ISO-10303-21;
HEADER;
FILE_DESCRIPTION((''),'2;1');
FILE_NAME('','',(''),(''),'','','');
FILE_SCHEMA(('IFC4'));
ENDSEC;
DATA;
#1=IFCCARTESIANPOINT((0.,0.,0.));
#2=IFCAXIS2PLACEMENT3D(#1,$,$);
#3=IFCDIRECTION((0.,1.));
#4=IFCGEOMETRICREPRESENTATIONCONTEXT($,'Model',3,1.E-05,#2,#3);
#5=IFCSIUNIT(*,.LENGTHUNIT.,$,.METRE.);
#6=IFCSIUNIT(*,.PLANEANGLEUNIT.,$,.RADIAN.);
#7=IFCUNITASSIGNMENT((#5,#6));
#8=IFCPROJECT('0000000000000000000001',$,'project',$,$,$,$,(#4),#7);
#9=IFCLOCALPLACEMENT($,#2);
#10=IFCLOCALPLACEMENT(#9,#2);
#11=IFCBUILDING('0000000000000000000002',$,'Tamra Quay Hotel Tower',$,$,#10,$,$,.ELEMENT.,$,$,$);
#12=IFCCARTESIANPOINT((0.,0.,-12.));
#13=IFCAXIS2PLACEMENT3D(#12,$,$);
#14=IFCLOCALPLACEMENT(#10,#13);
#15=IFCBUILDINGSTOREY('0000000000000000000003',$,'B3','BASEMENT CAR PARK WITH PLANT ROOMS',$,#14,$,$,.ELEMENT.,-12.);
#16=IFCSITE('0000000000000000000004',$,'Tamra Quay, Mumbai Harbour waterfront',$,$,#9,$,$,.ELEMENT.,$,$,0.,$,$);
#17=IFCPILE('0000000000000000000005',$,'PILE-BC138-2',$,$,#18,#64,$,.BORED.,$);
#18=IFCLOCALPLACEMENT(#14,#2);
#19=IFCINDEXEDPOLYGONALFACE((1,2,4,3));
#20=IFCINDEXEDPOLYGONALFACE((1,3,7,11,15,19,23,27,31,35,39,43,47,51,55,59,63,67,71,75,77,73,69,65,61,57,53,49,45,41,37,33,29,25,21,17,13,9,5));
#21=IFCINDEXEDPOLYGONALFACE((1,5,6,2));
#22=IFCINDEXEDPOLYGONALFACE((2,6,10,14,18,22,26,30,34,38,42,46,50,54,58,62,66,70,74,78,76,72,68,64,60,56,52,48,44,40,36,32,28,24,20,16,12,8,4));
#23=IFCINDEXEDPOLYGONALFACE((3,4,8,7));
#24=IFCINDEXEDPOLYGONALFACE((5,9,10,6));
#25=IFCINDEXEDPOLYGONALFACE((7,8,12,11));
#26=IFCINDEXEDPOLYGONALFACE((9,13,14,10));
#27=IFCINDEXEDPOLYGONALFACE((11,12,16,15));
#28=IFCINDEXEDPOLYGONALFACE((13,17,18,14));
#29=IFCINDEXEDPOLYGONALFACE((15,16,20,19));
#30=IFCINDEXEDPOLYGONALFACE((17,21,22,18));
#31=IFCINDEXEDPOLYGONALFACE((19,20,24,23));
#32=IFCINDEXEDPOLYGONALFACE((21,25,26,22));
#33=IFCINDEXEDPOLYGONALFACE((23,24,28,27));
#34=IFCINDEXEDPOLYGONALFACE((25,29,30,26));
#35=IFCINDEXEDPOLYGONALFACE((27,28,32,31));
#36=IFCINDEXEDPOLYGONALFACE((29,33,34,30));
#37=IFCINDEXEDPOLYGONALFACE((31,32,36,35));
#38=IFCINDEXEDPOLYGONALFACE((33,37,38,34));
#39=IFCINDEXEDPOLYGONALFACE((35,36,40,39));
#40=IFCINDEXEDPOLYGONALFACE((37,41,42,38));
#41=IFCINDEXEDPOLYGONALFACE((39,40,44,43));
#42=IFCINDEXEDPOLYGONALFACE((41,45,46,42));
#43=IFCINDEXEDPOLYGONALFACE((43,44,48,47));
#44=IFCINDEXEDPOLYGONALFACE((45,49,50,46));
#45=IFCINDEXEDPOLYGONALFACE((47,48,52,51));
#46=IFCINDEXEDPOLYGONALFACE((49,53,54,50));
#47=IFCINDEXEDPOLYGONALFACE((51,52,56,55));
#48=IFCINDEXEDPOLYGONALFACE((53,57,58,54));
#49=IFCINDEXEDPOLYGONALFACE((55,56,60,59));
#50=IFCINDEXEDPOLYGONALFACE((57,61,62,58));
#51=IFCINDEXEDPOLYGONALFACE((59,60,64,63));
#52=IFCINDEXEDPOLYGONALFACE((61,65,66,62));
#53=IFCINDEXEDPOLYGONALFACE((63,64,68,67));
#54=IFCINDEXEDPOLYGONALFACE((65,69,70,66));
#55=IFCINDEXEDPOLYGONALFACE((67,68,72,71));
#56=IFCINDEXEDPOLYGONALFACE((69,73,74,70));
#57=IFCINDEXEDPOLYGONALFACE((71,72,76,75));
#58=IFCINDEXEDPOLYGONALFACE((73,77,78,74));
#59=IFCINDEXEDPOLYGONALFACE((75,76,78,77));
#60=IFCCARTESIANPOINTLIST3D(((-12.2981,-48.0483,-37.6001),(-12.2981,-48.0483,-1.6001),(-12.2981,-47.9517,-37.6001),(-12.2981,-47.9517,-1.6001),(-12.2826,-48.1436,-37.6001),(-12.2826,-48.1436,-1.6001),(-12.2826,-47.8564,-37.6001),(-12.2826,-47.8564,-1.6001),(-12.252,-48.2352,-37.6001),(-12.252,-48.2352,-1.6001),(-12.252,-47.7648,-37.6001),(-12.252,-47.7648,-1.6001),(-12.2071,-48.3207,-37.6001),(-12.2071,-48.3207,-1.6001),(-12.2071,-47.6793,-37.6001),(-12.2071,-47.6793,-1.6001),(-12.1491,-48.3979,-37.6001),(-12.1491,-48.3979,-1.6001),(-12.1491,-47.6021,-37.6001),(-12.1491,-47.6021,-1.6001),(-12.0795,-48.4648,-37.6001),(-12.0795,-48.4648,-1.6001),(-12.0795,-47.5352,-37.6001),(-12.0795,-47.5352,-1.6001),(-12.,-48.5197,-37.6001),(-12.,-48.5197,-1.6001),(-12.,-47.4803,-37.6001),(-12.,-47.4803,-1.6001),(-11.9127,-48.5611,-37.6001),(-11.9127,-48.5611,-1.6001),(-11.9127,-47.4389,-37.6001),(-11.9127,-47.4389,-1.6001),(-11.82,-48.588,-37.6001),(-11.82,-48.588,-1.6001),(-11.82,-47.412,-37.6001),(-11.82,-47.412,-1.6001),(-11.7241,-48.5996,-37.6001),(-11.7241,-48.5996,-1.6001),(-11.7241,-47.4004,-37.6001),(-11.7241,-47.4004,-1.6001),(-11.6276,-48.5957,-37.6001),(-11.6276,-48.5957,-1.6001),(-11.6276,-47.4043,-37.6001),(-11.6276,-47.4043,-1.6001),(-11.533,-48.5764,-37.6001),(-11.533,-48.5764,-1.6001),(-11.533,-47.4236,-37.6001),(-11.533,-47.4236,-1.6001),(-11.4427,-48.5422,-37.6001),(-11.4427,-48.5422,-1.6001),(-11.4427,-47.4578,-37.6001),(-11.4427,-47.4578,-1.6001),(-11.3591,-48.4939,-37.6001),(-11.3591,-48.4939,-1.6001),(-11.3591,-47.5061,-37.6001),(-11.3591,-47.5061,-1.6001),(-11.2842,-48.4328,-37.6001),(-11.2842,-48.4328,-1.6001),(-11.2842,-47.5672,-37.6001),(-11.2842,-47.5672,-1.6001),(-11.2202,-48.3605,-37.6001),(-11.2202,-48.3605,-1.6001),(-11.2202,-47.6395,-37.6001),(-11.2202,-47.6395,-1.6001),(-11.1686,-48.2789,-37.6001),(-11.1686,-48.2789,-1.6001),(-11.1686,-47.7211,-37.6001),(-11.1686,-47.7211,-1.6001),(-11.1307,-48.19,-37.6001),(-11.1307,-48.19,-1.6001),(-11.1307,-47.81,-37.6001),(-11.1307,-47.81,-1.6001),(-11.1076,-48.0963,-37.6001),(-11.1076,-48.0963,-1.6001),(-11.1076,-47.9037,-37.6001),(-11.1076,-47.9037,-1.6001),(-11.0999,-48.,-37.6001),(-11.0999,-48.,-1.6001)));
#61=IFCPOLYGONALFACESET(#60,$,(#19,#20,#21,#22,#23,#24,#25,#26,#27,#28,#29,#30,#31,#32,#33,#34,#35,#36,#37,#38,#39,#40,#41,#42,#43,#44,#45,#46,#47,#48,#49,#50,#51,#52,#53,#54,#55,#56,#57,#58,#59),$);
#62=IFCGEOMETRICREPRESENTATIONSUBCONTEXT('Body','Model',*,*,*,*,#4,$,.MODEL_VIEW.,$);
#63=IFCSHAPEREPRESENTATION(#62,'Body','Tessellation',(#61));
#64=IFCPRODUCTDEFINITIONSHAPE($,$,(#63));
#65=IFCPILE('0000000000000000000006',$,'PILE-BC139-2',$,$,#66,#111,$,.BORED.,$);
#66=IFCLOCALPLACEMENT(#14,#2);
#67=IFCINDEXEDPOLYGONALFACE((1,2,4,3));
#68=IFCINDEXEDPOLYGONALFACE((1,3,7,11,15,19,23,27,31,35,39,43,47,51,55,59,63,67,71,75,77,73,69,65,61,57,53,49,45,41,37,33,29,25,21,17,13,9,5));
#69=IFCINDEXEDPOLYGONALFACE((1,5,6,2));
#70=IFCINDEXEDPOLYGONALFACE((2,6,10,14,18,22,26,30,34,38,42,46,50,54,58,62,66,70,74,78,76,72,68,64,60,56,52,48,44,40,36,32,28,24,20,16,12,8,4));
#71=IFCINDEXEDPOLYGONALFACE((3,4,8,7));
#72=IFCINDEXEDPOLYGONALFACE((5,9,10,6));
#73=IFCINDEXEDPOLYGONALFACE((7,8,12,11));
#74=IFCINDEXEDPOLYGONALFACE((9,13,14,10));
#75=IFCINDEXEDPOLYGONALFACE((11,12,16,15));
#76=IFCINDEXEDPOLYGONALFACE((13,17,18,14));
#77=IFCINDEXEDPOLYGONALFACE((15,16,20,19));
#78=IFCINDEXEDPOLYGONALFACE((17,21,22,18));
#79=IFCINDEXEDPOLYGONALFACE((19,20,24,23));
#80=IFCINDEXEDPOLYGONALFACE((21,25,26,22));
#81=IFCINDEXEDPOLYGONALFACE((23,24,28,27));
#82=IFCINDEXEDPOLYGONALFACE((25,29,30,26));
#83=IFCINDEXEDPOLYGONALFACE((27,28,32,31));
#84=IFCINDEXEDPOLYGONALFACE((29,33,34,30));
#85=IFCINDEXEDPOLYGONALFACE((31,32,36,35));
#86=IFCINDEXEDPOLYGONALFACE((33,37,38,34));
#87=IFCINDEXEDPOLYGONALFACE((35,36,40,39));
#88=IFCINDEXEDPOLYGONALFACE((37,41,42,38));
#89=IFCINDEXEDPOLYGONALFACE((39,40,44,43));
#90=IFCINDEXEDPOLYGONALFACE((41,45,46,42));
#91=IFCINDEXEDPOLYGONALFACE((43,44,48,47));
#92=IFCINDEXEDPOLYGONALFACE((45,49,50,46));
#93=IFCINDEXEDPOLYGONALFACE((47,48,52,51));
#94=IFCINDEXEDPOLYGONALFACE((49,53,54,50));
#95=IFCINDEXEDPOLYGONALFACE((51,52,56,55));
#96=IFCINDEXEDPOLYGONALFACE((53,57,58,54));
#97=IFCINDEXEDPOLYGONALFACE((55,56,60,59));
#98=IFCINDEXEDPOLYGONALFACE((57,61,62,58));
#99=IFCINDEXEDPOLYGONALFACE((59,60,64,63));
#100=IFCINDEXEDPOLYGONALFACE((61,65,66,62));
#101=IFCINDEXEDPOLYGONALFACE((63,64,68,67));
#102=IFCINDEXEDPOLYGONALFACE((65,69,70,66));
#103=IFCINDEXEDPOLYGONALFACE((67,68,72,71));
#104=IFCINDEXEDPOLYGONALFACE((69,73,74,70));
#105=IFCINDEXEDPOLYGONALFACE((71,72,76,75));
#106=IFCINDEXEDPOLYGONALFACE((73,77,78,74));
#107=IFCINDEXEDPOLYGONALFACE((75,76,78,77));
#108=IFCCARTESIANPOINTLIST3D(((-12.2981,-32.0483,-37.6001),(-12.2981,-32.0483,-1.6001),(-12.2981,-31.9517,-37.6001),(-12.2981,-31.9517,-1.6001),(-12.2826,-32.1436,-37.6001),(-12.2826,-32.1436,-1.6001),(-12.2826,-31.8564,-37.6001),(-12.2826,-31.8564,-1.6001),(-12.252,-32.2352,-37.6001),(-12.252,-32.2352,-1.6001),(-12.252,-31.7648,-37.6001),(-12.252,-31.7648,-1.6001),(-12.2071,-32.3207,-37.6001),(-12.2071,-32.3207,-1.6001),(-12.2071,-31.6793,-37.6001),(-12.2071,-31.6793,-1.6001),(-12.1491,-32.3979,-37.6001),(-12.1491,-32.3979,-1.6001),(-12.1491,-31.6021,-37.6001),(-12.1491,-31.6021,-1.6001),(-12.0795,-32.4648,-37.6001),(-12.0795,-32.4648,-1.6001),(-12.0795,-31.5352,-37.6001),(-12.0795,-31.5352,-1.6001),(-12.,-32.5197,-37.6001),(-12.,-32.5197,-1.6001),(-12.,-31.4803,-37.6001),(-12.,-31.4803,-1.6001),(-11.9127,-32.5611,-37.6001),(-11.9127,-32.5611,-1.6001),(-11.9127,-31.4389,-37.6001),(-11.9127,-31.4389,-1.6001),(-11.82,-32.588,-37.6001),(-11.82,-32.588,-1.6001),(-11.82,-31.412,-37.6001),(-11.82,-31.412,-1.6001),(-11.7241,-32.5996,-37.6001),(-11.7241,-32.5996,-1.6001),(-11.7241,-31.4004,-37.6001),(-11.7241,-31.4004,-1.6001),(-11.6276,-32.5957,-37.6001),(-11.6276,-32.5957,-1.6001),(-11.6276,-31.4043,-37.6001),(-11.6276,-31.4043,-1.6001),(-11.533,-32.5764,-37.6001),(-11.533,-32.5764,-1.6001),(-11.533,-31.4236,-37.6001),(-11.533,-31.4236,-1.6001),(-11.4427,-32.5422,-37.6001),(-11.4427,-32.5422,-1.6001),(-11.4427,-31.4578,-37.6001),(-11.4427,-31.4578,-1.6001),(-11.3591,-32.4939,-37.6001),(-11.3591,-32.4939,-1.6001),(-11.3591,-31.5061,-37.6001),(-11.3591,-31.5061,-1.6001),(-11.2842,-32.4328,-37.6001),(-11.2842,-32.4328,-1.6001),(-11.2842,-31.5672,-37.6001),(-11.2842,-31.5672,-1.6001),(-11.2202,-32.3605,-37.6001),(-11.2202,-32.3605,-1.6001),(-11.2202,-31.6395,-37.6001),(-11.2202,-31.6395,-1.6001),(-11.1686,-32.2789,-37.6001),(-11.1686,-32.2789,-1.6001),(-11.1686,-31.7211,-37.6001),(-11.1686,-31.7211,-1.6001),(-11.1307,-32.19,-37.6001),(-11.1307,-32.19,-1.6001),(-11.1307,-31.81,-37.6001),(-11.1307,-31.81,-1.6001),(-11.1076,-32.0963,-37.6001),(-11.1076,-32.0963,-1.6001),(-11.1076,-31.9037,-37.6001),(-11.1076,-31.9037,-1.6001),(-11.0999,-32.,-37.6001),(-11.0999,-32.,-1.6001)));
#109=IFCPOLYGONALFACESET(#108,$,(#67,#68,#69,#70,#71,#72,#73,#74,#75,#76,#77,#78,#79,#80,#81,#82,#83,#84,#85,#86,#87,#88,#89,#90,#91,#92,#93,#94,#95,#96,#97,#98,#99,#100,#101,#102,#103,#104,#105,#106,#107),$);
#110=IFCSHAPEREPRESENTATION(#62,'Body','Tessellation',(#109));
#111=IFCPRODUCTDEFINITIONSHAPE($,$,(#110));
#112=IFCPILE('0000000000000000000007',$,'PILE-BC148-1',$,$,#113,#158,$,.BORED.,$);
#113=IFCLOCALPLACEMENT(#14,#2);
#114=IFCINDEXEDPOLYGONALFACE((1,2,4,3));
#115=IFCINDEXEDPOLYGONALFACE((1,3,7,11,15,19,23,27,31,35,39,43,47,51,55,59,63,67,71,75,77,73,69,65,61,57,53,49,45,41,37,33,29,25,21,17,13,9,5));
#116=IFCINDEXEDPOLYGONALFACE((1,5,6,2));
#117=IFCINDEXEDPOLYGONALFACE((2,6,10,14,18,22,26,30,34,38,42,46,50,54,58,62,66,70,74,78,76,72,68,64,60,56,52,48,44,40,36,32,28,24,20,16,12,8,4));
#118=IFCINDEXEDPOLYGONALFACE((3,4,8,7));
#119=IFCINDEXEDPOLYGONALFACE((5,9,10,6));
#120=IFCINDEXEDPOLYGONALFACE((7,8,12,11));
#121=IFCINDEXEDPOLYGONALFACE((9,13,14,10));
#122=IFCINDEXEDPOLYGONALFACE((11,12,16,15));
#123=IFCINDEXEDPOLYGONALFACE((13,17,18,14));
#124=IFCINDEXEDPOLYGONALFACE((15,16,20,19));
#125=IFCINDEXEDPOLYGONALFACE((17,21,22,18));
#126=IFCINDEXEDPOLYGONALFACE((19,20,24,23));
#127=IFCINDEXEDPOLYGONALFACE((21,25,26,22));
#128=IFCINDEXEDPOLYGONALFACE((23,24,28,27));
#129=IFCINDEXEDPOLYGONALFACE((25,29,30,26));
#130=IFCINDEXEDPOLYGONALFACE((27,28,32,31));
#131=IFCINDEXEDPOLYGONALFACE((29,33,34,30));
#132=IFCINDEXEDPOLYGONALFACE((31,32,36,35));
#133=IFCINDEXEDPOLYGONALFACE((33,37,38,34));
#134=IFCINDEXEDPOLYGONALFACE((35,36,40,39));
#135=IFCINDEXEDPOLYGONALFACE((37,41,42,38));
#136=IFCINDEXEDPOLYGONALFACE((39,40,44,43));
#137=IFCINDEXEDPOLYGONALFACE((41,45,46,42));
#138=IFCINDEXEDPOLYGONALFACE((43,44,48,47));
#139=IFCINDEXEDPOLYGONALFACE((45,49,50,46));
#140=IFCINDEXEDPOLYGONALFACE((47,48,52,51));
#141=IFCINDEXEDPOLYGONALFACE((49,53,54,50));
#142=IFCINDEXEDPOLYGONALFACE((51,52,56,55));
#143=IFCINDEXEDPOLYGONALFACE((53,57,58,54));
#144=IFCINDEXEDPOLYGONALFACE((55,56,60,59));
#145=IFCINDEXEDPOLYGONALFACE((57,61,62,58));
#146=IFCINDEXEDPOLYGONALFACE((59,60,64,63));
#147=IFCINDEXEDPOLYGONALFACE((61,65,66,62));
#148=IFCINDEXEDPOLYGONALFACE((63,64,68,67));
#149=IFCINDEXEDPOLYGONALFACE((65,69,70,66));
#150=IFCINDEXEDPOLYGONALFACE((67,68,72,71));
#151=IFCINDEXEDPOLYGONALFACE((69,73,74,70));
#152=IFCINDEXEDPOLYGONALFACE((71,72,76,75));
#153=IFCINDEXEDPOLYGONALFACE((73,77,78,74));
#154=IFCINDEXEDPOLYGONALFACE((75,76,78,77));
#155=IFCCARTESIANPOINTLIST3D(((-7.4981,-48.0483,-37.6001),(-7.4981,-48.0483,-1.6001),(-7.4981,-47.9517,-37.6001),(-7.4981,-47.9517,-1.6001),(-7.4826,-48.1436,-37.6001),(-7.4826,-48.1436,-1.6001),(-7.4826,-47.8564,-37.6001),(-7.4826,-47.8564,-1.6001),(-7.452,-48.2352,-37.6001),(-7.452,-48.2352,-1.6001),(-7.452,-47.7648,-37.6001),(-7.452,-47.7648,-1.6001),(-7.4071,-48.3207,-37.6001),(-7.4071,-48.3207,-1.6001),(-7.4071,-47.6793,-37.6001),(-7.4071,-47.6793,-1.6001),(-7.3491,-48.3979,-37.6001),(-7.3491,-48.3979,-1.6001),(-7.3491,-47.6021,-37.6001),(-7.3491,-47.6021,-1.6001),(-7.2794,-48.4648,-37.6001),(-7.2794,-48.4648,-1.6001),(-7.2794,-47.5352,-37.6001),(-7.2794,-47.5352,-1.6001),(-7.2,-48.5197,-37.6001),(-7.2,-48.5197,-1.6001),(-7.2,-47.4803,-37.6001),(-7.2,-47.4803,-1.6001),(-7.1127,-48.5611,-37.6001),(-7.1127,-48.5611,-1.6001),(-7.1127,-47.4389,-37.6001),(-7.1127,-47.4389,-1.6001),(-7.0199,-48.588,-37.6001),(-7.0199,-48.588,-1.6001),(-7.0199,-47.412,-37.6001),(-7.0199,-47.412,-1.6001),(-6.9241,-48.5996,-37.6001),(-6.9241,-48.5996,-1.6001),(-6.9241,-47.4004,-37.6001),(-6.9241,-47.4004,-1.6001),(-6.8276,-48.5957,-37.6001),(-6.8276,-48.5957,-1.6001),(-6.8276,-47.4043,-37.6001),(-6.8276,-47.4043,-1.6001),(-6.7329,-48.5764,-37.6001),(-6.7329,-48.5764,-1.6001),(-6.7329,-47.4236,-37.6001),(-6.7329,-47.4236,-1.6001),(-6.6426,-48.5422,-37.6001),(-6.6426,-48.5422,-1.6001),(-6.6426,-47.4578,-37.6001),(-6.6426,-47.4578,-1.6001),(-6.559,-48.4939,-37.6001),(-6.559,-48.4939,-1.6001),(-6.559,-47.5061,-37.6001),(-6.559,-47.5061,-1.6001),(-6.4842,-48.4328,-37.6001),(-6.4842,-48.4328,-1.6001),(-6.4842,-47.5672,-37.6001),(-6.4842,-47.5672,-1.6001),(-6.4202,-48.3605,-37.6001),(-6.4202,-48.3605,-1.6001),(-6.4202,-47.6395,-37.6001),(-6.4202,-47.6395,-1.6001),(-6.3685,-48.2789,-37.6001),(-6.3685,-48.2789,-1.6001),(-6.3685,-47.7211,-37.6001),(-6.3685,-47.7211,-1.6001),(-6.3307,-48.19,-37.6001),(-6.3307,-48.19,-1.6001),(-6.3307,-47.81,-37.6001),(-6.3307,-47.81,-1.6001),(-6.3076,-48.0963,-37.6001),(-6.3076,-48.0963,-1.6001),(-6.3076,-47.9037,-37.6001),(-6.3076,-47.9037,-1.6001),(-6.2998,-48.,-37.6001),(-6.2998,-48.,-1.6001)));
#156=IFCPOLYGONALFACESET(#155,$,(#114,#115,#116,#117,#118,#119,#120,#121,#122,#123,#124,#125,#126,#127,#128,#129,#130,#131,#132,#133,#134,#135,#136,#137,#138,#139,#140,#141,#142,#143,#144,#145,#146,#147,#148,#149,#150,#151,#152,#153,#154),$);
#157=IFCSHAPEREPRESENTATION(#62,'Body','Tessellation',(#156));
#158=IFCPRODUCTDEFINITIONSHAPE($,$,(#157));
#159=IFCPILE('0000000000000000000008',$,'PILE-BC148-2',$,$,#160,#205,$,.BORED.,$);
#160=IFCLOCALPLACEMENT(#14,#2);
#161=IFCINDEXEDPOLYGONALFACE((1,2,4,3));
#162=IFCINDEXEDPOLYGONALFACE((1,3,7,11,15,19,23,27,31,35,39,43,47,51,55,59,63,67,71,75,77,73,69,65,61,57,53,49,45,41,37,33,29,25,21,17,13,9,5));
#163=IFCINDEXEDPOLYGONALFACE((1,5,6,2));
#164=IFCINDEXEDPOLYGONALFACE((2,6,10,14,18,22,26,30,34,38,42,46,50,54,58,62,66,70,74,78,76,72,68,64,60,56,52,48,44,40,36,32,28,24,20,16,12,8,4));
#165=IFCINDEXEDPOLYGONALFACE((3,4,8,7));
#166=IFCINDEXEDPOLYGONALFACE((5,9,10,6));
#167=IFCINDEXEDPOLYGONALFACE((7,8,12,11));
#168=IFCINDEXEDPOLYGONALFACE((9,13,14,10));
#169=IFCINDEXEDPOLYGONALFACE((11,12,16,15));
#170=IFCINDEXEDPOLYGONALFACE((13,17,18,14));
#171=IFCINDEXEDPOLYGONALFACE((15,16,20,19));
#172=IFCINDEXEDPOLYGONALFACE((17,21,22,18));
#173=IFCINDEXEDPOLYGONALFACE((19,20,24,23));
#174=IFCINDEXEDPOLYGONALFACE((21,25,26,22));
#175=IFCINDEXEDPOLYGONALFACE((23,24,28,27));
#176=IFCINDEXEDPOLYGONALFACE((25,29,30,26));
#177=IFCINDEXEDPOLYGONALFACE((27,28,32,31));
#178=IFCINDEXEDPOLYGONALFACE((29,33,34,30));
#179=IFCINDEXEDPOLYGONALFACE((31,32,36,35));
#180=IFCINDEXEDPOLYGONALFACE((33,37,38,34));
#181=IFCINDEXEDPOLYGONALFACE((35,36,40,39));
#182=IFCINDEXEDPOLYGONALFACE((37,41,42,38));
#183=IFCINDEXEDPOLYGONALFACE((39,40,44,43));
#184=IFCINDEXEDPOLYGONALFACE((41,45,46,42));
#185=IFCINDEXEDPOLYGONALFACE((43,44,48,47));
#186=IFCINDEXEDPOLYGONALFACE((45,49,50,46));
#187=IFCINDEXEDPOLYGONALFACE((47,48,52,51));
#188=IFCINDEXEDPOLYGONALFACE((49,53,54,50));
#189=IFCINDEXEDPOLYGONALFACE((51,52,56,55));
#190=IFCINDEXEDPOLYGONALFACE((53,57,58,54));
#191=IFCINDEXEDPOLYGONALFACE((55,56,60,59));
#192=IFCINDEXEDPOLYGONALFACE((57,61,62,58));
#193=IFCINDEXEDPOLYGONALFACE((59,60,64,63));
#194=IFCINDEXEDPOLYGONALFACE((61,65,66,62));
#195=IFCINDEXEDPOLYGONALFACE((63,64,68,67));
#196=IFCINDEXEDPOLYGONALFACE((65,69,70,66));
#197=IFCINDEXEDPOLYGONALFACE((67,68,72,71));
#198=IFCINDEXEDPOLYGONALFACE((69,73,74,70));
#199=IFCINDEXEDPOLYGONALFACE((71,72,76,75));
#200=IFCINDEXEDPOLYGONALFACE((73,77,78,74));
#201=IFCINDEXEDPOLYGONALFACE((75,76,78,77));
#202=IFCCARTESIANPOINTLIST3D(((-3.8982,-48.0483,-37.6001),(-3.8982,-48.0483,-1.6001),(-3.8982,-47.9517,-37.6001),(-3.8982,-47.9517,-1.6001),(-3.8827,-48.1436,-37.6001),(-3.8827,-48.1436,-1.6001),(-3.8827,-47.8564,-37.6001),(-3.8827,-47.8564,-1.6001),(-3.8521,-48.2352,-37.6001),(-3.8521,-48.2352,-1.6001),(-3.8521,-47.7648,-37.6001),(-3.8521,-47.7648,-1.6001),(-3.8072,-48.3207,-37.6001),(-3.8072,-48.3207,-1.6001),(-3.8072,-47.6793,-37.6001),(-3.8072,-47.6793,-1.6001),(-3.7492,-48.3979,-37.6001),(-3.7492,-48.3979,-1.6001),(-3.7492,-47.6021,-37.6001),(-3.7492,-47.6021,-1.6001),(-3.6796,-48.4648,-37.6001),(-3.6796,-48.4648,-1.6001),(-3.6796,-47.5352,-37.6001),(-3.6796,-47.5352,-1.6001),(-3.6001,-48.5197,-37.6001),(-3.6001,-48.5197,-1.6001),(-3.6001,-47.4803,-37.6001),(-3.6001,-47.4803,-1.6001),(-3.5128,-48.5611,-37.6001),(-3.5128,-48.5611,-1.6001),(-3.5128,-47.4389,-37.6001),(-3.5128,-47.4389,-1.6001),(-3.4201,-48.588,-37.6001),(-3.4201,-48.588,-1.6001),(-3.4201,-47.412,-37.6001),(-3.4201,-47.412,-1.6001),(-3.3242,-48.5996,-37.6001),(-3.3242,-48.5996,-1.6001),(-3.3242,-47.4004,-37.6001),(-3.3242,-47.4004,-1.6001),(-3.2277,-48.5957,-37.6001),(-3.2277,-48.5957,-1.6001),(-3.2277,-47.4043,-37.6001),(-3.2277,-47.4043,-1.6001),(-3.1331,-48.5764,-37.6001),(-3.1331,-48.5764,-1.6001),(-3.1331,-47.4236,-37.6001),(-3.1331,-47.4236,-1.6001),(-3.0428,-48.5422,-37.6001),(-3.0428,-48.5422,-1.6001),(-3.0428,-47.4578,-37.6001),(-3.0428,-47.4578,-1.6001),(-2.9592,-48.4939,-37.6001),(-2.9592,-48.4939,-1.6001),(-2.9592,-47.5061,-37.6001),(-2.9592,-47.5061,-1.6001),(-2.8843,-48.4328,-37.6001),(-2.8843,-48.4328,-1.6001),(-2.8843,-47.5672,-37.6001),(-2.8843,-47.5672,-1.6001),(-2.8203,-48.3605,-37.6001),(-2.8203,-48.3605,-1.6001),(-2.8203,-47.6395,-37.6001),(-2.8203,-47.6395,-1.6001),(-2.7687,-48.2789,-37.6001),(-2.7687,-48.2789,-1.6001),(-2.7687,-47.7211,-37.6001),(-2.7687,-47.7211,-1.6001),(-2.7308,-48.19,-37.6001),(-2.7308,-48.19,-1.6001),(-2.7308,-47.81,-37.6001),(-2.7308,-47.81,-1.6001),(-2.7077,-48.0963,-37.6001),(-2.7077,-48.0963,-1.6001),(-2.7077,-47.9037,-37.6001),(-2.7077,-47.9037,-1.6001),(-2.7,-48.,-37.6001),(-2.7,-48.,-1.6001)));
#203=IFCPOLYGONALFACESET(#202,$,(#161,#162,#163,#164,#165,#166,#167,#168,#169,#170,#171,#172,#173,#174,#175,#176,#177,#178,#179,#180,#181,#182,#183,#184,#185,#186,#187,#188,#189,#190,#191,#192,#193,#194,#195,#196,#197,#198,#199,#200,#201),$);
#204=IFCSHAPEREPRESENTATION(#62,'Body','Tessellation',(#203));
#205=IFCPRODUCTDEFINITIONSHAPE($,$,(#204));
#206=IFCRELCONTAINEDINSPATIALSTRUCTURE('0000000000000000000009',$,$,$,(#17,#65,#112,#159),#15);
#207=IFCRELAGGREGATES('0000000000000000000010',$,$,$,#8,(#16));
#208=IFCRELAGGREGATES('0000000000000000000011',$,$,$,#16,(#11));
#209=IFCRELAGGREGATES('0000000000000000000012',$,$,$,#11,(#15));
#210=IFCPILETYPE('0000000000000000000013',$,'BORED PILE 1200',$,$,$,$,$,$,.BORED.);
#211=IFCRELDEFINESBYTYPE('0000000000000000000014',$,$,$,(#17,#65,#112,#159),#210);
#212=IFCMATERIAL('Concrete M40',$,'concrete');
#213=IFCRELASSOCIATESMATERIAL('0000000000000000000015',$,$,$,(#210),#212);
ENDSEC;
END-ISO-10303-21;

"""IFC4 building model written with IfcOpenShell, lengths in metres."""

from ifc_helpers import new_model, si_unit, direction, frame, origin, origin_2d, place, context, subcontext, project, spatial, circle, extrude, material, material_profile, profile_set, type_object, element, save


model = new_model("IFC4")

# Units and contexts
model_context = context("Model", 3, precision=1e-05, world=origin(), true_north=direction((0.0, 1.0)))
body_context = subcontext(model_context, "Body", "Model", "MODEL_VIEW")
ifc_project = project(units=[si_unit("LENGTHUNIT", "METRE"), si_unit("PLANEANGLEUNIT", "RADIAN")], contexts=[model_context])

# Site, building, storey
site_placement = place(None, origin())
site = spatial("IfcSite", under=ifc_project, at=site_placement, Name="Tamra Quay, Mumbai Harbour waterfront", CompositionType="ELEMENT", RefElevation=0.0)
building_placement = place(site_placement, origin())
building = spatial("IfcBuilding", under=site, at=building_placement, Name="Tamra Quay Hotel Tower", CompositionType="ELEMENT")
storey_placement = place(building_placement, frame((0.0, 0.0, -12.0)))
storey = spatial("IfcBuildingStorey", under=building, at=storey_placement, Name="B3", Description="BASEMENT CAR PARK WITH PLANT ROOMS", CompositionType="ELEMENT", Elevation=-12.0)

# Piles
ifc_material_1 = material(Name="Concrete M40", Category="concrete")
ifc_material_profile_1 = material_profile(ifc_material_1, circle(Radius=0.6001, at=origin_2d()), Name="BORED PILE 1200")
ifc_profile_set_1 = profile_set([ifc_material_profile_1], Name="Concrete M40")
pile_type_1 = type_object("IfcPileType", Name="BORED PILE 1200", PredefinedType="BORED", material=ifc_profile_set_1)
for number, where, z_axis, x_axis, name in (
    (1, (-11.7, -48.0, -1.6001), (0.0, 0.0, -1.0), (1.0, 0.0, 0.0), "PILE-BC138-2"),
    (2, (-11.7, -32.0, -1.6001), (0.0, 0.0, -1.0), (1.0, 0.0, 0.0), "PILE-BC139-2"),
    (3, (-6.8999, -48.0, -1.6001), (0.0, 0.0, -1.0), (1.0, 0.0, 0.0), "PILE-BC148-1"),
    (4, (-3.3, -48.0, -1.6001), (0.0, 0.0, -1.0), (1.0, 0.0, 0.0), "PILE-BC148-2"),
):
    element("IfcPile", number, at=place(storey_placement, frame(where, z_axis=z_axis, x_axis=x_axis)), inside=storey, type_object=pile_type_1, Name=name, PredefinedType="BORED", context=body_context, shape_type="SweptSolid", body=[
        extrude(circle(Radius=0.6001, at=origin_2d()), origin(), (0.0, 0.0, 1.0), 36.0),
    ])

save(model, "model.ifc")
